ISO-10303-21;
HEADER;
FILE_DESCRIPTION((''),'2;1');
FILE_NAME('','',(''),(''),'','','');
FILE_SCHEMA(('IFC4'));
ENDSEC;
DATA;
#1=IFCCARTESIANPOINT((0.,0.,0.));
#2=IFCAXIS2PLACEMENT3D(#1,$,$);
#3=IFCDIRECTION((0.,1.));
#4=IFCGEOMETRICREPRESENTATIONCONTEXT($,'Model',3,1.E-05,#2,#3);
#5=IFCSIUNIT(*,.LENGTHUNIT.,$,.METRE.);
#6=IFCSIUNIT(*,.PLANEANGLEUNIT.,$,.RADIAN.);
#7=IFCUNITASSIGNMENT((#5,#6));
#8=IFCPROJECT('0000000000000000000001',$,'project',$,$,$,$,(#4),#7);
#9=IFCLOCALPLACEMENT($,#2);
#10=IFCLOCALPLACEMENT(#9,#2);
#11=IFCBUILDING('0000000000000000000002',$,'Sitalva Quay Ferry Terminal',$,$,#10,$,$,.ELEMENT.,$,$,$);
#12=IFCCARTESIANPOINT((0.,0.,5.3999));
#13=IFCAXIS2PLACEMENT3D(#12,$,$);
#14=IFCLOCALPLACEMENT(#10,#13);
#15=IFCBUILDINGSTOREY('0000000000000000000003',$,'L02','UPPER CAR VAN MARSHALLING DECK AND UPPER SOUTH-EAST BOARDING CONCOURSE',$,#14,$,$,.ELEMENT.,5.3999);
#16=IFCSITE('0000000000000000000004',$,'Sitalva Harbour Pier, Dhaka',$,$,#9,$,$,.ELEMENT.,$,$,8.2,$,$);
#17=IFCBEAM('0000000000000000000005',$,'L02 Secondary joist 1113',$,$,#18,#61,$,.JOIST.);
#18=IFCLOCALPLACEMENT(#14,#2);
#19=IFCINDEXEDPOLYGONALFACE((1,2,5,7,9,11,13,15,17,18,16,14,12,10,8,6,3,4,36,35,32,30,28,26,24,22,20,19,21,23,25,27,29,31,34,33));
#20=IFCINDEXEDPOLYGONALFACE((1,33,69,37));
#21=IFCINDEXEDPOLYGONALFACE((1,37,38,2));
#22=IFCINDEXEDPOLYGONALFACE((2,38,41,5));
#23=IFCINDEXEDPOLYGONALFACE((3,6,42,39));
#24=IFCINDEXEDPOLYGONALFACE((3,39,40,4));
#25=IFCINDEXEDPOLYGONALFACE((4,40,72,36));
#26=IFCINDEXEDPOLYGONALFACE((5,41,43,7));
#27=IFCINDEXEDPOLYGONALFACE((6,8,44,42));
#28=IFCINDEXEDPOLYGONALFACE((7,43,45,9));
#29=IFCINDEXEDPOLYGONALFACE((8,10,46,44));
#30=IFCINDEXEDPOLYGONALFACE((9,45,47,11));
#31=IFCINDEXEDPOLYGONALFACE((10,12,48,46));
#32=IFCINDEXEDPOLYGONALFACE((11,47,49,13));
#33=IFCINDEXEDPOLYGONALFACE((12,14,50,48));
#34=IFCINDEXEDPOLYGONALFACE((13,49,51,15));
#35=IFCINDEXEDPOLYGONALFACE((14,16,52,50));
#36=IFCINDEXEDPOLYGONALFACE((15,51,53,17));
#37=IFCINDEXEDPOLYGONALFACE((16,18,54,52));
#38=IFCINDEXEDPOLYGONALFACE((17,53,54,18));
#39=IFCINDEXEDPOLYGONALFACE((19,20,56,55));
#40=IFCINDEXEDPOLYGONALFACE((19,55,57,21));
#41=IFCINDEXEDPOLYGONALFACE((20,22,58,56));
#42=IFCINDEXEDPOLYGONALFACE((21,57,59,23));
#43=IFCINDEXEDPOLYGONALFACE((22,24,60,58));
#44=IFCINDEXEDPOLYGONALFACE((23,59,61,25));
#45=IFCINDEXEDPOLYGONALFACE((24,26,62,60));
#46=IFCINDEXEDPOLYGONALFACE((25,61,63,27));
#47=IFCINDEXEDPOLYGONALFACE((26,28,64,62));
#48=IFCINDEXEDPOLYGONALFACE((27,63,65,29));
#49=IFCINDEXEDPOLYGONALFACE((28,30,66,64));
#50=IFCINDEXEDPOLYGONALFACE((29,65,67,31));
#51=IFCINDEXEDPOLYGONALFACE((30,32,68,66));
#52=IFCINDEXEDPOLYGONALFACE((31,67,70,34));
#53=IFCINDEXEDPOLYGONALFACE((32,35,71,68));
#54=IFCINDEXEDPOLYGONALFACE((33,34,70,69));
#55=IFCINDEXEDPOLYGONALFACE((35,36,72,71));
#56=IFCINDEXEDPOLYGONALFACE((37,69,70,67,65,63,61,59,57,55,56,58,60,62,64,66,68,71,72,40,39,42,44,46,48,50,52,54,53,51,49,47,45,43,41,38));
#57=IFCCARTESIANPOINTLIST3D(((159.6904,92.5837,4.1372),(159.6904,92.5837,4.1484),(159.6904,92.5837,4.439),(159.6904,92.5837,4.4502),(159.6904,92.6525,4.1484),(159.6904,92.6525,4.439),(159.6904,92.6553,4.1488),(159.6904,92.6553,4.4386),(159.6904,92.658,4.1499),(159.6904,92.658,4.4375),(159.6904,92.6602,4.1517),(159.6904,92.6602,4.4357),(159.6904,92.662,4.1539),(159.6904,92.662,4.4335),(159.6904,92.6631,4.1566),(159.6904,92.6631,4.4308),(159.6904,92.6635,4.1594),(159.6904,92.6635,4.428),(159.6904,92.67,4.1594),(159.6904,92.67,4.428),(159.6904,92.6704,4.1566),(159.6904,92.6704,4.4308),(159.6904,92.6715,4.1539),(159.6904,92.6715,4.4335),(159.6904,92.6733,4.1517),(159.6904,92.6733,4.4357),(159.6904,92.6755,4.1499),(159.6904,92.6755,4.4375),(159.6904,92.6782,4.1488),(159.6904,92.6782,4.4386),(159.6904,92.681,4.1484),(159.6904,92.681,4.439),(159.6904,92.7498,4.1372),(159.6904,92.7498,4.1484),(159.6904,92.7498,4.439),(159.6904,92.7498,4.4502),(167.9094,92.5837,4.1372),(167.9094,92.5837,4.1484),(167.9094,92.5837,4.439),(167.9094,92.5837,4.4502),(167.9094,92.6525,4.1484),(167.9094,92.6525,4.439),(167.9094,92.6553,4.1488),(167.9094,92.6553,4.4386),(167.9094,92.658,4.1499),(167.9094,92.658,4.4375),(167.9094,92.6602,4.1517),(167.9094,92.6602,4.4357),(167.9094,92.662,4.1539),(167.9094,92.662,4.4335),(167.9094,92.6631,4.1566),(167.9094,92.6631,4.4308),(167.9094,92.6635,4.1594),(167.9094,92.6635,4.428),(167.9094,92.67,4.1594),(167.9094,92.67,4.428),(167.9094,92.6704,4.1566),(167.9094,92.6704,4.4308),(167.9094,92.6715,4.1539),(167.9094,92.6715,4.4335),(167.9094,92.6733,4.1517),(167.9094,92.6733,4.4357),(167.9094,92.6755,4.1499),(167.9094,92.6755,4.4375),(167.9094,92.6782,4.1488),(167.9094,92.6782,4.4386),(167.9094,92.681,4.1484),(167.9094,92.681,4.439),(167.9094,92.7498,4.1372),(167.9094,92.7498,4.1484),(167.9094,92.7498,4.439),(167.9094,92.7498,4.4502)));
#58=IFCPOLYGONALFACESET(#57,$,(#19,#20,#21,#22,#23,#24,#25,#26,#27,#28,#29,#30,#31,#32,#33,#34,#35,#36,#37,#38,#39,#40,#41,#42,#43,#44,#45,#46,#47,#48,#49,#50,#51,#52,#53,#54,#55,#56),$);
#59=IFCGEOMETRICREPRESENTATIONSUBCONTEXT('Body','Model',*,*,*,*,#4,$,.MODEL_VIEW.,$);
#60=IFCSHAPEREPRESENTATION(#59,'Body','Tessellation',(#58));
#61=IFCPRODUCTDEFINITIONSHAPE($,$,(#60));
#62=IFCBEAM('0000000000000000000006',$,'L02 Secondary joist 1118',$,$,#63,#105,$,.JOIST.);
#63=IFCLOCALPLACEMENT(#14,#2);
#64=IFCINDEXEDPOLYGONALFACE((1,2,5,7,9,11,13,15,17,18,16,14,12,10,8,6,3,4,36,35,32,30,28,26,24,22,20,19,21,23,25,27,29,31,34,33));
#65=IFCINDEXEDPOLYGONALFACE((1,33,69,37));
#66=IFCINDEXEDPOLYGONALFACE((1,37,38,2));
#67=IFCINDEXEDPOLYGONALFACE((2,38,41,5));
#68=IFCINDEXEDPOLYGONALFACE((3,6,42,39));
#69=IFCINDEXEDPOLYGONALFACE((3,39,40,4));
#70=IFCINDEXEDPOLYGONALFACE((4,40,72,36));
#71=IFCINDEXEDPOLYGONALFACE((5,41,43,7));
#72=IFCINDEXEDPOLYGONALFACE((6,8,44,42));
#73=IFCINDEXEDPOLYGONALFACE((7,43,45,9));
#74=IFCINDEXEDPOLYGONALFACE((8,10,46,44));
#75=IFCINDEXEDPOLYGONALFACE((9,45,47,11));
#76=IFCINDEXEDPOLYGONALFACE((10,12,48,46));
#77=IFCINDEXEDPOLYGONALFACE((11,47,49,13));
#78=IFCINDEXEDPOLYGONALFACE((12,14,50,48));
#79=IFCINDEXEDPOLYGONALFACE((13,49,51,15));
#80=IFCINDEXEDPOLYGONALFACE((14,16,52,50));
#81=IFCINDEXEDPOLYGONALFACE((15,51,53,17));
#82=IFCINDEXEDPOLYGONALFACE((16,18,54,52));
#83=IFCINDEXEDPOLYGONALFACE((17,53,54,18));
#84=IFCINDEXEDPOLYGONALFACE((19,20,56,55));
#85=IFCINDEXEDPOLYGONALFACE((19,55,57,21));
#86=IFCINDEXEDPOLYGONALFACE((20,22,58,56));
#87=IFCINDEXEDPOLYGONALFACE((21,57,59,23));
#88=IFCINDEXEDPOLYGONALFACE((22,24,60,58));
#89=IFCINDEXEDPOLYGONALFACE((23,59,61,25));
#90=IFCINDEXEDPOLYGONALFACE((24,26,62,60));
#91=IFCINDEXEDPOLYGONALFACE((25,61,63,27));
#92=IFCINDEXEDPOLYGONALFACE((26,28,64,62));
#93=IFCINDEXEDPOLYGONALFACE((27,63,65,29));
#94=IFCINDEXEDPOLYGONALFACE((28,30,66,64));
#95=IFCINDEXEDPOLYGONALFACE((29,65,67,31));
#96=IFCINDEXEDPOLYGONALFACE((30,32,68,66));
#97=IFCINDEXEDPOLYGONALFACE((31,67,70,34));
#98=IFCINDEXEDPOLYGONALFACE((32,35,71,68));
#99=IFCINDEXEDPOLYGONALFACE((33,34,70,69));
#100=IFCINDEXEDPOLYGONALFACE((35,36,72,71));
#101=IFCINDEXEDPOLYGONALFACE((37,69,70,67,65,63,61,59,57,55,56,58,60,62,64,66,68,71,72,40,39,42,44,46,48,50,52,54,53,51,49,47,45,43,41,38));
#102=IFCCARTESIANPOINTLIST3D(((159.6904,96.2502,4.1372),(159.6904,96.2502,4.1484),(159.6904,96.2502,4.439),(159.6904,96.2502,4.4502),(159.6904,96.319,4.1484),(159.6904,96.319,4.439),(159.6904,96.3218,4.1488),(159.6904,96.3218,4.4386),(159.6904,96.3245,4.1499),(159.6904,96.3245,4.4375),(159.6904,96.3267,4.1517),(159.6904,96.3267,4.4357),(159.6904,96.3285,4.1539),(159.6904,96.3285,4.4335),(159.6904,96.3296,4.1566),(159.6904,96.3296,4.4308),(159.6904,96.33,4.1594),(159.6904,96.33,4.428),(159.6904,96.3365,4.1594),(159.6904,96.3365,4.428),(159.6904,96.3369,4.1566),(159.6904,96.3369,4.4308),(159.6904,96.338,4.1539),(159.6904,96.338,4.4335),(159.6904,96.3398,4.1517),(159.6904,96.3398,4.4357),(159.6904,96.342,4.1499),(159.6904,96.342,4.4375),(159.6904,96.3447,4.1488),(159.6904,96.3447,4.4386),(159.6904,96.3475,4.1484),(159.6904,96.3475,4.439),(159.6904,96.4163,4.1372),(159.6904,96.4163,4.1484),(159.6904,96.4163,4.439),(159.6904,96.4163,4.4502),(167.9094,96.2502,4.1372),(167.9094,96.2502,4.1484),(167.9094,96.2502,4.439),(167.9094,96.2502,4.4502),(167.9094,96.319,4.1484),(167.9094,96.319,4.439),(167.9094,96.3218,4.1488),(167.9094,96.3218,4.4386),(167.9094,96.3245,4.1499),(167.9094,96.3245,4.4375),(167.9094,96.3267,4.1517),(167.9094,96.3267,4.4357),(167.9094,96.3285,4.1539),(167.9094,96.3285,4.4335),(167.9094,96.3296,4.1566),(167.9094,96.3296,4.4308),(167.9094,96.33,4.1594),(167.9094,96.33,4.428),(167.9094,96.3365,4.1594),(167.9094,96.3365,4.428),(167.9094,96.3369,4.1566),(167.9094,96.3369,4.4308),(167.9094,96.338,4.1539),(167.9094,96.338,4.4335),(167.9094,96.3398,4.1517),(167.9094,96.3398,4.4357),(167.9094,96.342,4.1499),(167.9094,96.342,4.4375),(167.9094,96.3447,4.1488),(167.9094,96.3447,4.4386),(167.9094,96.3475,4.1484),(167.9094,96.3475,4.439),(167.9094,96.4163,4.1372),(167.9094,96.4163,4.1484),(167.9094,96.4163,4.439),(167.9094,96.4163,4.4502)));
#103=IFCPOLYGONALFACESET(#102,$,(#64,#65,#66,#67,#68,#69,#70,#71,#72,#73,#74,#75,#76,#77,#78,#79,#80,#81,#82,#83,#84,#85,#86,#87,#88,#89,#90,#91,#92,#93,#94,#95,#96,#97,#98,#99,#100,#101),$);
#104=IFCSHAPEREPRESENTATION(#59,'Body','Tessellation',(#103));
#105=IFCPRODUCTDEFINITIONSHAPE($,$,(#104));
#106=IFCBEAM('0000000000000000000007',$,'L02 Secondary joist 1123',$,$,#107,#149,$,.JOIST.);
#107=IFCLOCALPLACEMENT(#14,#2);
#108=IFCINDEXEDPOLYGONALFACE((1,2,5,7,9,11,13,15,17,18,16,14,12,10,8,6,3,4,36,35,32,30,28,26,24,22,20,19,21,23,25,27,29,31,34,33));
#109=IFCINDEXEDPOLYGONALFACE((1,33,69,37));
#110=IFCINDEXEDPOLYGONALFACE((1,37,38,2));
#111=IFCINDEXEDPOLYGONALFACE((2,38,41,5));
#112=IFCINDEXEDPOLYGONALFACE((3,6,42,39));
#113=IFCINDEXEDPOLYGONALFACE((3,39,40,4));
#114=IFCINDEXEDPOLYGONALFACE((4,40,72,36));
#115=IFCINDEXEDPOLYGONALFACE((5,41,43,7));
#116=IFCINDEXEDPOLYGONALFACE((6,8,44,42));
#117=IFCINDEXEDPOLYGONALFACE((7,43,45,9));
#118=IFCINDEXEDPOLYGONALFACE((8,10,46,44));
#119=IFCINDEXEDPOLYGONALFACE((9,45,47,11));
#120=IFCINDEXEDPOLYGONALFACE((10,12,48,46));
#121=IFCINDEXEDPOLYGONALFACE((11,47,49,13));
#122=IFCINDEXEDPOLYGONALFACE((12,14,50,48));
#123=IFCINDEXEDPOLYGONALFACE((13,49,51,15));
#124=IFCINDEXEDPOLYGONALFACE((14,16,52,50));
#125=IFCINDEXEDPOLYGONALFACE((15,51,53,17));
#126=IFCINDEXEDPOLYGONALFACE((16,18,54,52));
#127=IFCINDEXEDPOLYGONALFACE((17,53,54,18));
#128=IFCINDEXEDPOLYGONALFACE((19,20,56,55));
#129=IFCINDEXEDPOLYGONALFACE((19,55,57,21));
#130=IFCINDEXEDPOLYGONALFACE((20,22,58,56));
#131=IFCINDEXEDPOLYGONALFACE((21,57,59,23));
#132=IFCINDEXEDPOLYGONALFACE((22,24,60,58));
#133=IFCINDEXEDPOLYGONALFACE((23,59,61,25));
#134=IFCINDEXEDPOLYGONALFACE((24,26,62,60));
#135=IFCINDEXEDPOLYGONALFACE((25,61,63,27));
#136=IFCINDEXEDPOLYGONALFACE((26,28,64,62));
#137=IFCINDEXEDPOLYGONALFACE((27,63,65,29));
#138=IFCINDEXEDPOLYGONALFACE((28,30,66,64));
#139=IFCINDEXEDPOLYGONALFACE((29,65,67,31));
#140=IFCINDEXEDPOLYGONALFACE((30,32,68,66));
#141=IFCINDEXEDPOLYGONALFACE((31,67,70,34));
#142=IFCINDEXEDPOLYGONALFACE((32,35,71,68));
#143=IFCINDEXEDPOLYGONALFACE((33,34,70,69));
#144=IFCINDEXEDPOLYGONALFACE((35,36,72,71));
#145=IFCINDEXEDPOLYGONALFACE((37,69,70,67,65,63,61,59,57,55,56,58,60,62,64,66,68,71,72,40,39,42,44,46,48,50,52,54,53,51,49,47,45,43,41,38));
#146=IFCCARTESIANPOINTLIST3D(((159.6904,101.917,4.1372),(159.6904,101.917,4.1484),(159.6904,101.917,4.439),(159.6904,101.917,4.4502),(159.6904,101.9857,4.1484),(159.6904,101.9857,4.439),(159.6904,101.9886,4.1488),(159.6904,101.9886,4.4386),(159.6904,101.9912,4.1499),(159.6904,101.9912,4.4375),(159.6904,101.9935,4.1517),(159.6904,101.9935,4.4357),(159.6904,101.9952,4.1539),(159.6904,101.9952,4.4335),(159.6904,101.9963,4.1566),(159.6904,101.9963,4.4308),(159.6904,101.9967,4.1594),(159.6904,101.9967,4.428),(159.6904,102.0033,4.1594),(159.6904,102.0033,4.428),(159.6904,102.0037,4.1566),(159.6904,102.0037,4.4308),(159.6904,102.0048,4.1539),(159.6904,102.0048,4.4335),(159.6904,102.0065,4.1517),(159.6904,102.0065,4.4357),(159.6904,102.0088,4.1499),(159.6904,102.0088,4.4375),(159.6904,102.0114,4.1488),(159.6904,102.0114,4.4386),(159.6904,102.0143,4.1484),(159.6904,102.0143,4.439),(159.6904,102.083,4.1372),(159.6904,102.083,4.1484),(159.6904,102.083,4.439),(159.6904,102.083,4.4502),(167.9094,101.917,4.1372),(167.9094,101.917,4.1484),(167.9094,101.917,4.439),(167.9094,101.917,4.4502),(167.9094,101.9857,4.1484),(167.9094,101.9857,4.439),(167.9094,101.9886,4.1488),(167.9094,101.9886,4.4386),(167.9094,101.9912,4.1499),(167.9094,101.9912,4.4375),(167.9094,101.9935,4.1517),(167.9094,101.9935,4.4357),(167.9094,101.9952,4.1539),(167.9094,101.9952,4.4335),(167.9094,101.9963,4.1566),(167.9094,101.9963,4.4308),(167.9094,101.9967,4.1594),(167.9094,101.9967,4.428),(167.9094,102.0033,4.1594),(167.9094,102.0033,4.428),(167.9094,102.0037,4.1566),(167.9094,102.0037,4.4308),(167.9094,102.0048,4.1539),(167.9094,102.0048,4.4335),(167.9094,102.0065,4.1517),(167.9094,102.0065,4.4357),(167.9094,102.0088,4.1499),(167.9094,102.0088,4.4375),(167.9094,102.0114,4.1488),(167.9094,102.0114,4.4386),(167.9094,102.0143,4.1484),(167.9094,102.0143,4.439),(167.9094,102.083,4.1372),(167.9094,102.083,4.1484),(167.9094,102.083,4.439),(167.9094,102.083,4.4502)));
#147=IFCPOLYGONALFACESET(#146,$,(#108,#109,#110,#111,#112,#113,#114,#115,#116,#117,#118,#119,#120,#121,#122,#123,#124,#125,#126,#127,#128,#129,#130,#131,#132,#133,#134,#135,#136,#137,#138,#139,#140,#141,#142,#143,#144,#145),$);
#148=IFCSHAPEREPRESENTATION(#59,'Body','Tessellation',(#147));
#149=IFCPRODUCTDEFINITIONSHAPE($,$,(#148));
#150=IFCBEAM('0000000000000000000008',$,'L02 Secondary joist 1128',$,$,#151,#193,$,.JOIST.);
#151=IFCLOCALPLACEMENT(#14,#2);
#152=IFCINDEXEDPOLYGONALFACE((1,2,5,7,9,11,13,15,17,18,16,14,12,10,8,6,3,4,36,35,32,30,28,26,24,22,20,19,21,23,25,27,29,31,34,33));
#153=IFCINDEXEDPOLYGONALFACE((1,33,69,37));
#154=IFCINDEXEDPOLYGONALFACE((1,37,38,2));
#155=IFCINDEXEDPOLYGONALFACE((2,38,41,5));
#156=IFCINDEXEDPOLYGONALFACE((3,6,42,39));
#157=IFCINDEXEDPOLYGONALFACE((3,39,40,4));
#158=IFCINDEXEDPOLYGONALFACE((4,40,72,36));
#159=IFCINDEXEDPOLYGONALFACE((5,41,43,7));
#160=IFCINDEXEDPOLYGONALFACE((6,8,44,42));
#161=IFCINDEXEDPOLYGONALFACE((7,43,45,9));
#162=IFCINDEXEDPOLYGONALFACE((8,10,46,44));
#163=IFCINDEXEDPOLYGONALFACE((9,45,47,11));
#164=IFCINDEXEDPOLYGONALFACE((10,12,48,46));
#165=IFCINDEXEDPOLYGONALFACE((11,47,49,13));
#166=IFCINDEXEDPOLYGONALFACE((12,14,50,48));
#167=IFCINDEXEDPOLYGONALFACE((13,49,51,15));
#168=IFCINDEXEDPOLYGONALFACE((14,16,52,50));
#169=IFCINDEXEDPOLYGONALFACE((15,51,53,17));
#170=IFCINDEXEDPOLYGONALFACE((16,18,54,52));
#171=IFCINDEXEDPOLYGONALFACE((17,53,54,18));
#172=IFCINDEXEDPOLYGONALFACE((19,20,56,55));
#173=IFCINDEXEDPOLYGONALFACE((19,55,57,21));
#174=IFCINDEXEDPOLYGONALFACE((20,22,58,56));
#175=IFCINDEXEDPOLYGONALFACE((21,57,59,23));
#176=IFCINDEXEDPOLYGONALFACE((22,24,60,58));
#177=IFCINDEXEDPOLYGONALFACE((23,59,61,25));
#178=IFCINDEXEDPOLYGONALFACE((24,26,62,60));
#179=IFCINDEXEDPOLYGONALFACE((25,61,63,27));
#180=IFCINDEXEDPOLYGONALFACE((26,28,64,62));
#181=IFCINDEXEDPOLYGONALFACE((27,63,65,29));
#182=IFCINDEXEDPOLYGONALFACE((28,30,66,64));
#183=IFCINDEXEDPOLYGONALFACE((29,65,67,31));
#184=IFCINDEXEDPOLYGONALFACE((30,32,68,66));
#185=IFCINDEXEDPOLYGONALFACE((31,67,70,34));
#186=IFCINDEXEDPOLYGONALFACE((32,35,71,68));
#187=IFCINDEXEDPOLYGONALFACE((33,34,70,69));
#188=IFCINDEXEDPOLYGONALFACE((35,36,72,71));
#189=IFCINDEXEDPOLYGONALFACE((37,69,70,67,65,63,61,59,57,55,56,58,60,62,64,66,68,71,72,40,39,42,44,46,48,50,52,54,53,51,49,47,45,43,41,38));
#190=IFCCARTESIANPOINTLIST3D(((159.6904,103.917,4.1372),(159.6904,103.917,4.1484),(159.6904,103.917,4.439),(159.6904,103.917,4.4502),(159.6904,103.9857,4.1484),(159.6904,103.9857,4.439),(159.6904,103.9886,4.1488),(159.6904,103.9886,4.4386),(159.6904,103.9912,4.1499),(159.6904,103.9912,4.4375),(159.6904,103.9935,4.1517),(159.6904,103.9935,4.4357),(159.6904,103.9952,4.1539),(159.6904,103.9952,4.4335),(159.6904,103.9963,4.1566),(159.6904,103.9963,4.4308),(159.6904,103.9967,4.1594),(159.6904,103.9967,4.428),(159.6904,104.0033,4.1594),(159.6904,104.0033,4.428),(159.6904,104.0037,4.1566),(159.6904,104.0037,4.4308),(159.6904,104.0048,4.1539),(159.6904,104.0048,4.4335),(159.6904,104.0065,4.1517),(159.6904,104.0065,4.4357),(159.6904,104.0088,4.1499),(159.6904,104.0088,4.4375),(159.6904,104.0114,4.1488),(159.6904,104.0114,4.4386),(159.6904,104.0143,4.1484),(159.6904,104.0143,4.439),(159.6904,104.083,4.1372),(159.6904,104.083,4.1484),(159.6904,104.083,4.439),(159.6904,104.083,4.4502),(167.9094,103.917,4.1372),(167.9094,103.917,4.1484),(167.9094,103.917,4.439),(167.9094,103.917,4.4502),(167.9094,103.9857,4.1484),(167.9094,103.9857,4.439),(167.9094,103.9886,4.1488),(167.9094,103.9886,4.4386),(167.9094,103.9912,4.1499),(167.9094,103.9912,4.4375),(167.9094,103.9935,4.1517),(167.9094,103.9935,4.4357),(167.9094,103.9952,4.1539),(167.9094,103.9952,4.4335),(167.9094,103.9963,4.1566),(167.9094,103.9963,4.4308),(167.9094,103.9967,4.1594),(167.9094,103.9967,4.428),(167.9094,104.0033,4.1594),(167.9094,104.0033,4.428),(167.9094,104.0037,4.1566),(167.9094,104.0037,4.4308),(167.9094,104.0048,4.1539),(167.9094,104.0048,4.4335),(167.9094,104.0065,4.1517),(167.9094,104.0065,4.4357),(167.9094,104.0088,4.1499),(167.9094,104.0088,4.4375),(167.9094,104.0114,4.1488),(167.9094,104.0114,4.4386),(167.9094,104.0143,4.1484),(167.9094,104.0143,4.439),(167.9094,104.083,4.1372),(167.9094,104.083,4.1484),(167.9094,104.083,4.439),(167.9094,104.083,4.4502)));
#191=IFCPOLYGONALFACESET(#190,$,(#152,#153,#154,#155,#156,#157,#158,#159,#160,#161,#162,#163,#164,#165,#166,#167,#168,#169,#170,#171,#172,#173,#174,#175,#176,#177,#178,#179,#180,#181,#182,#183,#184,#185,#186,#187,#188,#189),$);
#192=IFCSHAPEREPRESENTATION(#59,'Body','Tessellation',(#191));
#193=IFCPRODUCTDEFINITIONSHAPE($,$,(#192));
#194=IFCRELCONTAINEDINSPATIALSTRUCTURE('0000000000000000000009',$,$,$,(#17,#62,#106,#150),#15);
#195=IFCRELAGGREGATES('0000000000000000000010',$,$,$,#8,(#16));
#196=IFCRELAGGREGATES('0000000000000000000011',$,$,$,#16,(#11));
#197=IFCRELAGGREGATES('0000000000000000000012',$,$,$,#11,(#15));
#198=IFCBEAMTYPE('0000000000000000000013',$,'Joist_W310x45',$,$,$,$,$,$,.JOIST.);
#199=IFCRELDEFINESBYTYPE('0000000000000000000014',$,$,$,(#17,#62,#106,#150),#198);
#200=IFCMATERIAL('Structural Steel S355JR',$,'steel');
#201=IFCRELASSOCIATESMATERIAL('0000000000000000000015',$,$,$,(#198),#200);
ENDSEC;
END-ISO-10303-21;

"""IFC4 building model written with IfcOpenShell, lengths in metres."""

from ifc_helpers import new_model, si_unit, direction, frame, origin, origin_2d, place, context, subcontext, project, spatial, i_section, extrude, material, material_profile, profile_set, type_object, element, save


model = new_model("IFC4")

# Units and contexts
model_context = context("Model", 3, precision=1e-05, world=origin(), true_north=direction((0.0, 1.0)))
body_context = subcontext(model_context, "Body", "Model", "MODEL_VIEW")
ifc_project = project(units=[si_unit("LENGTHUNIT", "METRE"), si_unit("PLANEANGLEUNIT", "RADIAN")], contexts=[model_context])

# Site, building, storey
site_placement = place(None, origin())
site = spatial("IfcSite", under=ifc_project, at=site_placement, Name="Sitalva Harbour Pier, Dhaka", CompositionType="ELEMENT", RefElevation=8.2)
building_placement = place(site_placement, origin())
building = spatial("IfcBuilding", under=site, at=building_placement, Name="Sitalva Quay Ferry Terminal", CompositionType="ELEMENT")
storey_placement = place(building_placement, frame((0.0, 0.0, 5.3999)))
storey = spatial("IfcBuildingStorey", under=building, at=storey_placement, Name="L02", Description="UPPER CAR VAN MARSHALLING DECK AND UPPER SOUTH-EAST BOARDING CONCOURSE", CompositionType="ELEMENT", Elevation=5.3999)

# Beams
ifc_material_1 = material(Name="Structural Steel S355JR", Category="steel")
ifc_material_profile_1 = material_profile(ifc_material_1, i_section(OverallWidth=0.166, OverallDepth=0.313, WebThickness=0.0066, FlangeThickness=0.0112, FilletRadius=0.011, at=origin_2d()), Name="W310x45")
ifc_profile_set_1 = profile_set([ifc_material_profile_1], Name="Structural Steel S355JR")
beam_type_1 = type_object("IfcBeamType", Name="Joist_W310x45", PredefinedType="JOIST", material=ifc_profile_set_1)
for number, where, z_axis, x_axis, name in (
    (1, (159.6904, 92.6667, 4.2937), (1.0, 0.0, 0.0), (0.0, 1.0, 0.0), "L02 Secondary joist 1113"),
    (2, (159.6904, 96.3333, 4.2937), (1.0, 0.0, 0.0), (0.0, 1.0, 0.0), "L02 Secondary joist 1118"),
    (3, (159.6904, 102.0, 4.2937), (1.0, 0.0, 0.0), (0.0, 1.0, 0.0), "L02 Secondary joist 1123"),
    (4, (159.6904, 104.0, 4.2937), (1.0, 0.0, 0.0), (0.0, 1.0, 0.0), "L02 Secondary joist 1128"),
):
    element("IfcBeam", number, at=place(storey_placement, frame(where, z_axis=z_axis, x_axis=x_axis)), inside=storey, type_object=beam_type_1, Name=name, PredefinedType="JOIST", context=body_context, shape_type="SweptSolid", body=[
        extrude(i_section(OverallWidth=0.166, OverallDepth=0.313, WebThickness=0.0066, FlangeThickness=0.0112, FilletRadius=0.011, at=origin_2d()), origin(), (0.0, 0.0, 1.0), 8.219),
    ])

save(model, "model.ifc")
